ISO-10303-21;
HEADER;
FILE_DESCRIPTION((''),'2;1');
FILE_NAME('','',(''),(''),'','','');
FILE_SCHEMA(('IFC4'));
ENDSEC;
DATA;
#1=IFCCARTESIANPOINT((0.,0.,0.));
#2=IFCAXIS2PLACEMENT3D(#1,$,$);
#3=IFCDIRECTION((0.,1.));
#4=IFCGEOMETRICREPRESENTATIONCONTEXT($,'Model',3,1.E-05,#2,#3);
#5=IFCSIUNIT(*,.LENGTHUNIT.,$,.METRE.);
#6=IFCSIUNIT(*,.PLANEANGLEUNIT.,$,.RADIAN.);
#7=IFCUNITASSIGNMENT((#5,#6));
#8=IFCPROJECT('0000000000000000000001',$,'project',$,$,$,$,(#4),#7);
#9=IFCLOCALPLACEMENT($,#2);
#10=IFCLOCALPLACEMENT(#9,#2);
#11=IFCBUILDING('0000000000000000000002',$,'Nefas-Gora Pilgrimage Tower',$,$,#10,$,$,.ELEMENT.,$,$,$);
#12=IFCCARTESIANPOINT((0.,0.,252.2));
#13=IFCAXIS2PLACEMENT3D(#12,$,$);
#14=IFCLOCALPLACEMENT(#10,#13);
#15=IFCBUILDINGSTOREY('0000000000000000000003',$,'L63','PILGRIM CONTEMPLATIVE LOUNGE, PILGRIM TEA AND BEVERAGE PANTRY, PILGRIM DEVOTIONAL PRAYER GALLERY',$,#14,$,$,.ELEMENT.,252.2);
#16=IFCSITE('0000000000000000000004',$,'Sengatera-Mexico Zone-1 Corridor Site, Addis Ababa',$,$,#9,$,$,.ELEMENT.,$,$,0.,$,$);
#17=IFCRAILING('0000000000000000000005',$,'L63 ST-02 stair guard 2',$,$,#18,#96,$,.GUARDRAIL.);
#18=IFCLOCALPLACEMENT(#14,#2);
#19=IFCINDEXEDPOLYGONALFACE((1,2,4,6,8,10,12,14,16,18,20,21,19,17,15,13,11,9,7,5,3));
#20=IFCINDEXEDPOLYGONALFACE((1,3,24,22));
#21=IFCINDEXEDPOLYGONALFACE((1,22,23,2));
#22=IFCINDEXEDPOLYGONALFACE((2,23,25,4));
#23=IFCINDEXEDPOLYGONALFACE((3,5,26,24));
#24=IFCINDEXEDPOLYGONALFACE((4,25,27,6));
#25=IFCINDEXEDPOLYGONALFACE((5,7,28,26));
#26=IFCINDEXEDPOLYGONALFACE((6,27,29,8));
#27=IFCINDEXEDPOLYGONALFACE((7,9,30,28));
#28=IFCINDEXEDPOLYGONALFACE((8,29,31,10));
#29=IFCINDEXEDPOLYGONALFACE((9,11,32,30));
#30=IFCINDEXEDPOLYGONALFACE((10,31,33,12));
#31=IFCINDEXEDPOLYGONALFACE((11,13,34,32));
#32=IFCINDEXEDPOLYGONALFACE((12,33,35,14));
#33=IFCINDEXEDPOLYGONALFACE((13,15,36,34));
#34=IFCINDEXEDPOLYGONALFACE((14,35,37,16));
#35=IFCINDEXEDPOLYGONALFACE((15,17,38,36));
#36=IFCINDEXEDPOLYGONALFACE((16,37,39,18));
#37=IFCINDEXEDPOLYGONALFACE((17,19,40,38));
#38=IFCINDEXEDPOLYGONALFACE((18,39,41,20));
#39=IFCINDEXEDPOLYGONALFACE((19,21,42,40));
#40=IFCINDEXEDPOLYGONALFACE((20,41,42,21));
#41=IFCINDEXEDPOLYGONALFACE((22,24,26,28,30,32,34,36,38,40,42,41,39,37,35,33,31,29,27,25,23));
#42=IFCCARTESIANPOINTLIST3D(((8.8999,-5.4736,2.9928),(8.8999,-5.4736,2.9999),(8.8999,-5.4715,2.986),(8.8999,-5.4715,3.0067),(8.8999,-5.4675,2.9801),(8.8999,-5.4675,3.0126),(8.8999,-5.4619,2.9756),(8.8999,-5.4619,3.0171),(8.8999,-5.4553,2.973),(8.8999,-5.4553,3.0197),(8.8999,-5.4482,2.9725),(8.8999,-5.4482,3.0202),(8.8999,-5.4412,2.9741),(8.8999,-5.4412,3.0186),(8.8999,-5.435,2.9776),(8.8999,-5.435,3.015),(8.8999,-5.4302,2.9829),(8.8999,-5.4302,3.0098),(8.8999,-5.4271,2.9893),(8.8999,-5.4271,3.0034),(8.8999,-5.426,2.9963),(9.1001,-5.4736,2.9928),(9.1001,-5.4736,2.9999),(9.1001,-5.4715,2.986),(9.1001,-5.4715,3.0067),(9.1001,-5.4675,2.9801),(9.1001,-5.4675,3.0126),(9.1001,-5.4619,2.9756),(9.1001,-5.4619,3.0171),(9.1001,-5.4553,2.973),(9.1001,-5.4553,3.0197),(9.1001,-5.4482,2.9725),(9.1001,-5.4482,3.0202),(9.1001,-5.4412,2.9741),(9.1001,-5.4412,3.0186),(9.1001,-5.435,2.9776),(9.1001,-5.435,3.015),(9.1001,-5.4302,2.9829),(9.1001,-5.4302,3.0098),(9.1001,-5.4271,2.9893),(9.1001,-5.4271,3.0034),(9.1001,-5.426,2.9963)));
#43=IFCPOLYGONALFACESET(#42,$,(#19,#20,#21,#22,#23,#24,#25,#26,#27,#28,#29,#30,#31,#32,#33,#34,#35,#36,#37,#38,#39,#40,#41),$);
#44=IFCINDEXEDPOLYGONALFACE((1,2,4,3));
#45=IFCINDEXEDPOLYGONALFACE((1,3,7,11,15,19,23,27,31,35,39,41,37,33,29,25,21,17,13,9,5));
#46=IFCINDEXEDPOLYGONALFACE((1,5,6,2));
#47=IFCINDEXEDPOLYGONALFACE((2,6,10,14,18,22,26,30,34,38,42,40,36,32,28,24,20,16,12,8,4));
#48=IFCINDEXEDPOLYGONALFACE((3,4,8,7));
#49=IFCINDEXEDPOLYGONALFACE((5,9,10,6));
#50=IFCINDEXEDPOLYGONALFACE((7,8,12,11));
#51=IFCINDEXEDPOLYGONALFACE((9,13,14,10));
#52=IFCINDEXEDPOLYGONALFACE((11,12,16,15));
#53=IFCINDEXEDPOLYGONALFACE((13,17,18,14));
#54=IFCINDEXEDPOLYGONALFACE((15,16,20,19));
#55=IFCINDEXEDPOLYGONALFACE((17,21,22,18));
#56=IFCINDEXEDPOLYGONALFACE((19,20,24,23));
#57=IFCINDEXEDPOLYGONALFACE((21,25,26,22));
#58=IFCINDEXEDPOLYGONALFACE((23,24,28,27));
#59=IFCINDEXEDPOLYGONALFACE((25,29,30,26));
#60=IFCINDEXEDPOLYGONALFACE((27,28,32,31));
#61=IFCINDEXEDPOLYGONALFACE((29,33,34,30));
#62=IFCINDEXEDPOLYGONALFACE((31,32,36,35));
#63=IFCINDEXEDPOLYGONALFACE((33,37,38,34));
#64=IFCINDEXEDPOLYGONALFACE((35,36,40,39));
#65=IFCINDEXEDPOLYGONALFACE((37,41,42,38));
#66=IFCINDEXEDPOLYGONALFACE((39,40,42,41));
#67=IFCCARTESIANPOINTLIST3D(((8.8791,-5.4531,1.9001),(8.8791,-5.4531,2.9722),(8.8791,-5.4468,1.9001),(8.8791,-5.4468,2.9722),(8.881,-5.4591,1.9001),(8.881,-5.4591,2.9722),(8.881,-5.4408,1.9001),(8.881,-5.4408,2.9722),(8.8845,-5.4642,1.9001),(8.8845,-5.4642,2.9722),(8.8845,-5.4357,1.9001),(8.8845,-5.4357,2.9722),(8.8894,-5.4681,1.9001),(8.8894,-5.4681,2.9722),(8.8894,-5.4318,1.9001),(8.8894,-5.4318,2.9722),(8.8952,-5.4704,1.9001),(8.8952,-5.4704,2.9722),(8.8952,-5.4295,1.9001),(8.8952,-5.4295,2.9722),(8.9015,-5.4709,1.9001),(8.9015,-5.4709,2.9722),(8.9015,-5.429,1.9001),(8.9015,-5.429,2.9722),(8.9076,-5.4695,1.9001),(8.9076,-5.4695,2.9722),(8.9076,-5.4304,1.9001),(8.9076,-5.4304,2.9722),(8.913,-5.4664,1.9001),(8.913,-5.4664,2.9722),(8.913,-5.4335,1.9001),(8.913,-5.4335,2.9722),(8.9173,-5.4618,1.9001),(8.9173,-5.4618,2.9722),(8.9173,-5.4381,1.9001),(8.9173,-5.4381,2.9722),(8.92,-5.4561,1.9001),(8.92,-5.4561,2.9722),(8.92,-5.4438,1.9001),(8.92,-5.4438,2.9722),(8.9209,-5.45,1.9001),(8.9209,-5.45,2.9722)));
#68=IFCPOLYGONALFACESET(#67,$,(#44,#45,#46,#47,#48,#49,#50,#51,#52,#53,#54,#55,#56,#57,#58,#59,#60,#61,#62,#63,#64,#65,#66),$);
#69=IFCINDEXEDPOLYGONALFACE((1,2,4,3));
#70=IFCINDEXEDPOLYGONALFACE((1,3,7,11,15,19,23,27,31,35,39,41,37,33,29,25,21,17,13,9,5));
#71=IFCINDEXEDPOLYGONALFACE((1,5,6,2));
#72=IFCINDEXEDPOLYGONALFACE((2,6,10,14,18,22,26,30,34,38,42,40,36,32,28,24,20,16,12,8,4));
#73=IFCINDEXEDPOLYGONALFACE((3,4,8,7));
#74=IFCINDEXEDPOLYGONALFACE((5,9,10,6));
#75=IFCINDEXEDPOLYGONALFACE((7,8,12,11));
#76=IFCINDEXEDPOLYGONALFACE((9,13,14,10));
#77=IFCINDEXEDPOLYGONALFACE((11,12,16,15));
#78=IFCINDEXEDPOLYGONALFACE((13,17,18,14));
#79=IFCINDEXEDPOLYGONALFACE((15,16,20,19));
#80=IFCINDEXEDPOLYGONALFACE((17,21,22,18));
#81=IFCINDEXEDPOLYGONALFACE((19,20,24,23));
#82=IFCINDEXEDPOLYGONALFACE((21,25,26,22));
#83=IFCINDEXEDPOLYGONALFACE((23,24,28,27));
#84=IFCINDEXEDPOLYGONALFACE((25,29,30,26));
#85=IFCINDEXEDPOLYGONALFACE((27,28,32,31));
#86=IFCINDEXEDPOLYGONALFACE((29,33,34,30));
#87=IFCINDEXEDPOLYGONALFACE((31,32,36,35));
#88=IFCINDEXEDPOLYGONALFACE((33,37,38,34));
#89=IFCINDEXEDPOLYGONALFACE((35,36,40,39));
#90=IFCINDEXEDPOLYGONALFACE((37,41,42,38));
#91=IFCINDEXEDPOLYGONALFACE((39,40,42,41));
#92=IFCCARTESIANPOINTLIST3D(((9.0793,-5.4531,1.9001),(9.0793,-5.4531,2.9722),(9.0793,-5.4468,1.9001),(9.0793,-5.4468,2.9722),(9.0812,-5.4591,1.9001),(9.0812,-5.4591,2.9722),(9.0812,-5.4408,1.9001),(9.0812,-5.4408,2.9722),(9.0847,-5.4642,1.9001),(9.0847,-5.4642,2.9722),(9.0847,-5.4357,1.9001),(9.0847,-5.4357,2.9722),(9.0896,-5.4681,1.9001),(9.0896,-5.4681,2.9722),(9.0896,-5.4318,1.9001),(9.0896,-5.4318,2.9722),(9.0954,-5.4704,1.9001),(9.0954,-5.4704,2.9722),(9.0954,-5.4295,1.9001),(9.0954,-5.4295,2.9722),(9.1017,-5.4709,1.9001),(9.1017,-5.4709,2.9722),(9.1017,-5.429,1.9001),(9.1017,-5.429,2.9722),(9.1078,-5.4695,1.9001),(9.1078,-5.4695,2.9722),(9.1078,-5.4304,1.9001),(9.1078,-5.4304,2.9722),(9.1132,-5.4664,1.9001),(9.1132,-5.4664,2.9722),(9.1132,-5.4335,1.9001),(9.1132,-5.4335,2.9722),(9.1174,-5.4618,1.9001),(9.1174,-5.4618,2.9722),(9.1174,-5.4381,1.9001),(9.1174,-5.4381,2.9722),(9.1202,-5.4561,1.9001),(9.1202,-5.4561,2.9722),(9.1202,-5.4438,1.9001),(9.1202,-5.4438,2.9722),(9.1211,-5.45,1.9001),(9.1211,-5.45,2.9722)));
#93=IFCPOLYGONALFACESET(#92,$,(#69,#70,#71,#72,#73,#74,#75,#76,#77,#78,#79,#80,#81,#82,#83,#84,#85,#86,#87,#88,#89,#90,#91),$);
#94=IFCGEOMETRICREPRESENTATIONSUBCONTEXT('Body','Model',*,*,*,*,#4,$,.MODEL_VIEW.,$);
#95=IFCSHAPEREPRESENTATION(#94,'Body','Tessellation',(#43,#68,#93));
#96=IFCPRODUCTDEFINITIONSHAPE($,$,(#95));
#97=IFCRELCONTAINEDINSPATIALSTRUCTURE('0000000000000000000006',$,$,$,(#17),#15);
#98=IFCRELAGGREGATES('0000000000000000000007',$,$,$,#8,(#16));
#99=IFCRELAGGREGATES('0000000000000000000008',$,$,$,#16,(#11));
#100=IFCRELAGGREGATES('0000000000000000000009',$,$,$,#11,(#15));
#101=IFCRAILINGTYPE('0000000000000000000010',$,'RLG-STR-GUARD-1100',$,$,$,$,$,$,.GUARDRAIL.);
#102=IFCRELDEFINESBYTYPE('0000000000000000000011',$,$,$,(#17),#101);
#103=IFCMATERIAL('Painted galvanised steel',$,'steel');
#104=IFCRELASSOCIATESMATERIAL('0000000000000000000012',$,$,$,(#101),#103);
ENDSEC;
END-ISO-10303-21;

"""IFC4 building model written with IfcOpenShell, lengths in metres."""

from ifc_helpers import new_model, si_unit, direction, frame, origin, origin_2d, place, context, subcontext, project, spatial, circle, extrude, material, type_object, element, save


model = new_model("IFC4")

# Units and contexts
model_context = context("Model", 3, precision=1e-05, world=origin(), true_north=direction((0.0, 1.0)))
body_context = subcontext(model_context, "Body", "Model", "MODEL_VIEW")
ifc_project = project(units=[si_unit("LENGTHUNIT", "METRE"), si_unit("PLANEANGLEUNIT", "RADIAN")], contexts=[model_context])

# Site, building, storey
site_placement = place(None, origin())
site = spatial("IfcSite", under=ifc_project, at=site_placement, Name="Sengatera-Mexico Zone-1 Corridor Site, Addis Ababa", CompositionType="ELEMENT", RefElevation=0.0)
building_placement = place(site_placement, origin())
building = spatial("IfcBuilding", under=site, at=building_placement, Name="Nefas-Gora Pilgrimage Tower", CompositionType="ELEMENT")
storey_placement = place(building_placement, frame((0.0, 0.0, 252.2)))
storey = spatial("IfcBuildingStorey", under=building, at=storey_placement, Name="L63", Description="PILGRIM CONTEMPLATIVE LOUNGE, PILGRIM TEA AND BEVERAGE PANTRY, PILGRIM DEVOTIONAL PRAYER GALLERY", CompositionType="ELEMENT", Elevation=252.2)

# Railing
ifc_material_1 = material(Name="Painted galvanised steel", Category="steel")
railing_type_1 = type_object("IfcRailingType", Name="RLG-STR-GUARD-1100", PredefinedType="GUARDRAIL", material=ifc_material_1)
railing_1_placement = place(storey_placement, frame((8.8999, -5.45, 1.9001)))
element("IfcRailing", 1, at=railing_1_placement, inside=storey, type_object=railing_type_1, Name="L63 ST-02 stair guard 2", PredefinedType="GUARDRAIL", context=body_context, shape_type="SweptSolid", body=[
    extrude(circle(Radius=0.0239, at=origin_2d()), frame((0.0, 0.0, 1.0962), z_axis=(1.0, 0.0, 0.0), x_axis=(0.0, 1.0, 0.0)), (0.0, 0.0, 1.0), 0.2002),
    extrude(circle(Radius=0.021, at=origin_2d()), origin(), (0.0, 0.0, 1.0), 1.072),
    extrude(circle(Radius=0.021, at=origin_2d()), frame((0.2002, 0.0, 0.0)), (0.0, 0.0, 1.0), 1.072),
])

save(model, "model.ifc")
